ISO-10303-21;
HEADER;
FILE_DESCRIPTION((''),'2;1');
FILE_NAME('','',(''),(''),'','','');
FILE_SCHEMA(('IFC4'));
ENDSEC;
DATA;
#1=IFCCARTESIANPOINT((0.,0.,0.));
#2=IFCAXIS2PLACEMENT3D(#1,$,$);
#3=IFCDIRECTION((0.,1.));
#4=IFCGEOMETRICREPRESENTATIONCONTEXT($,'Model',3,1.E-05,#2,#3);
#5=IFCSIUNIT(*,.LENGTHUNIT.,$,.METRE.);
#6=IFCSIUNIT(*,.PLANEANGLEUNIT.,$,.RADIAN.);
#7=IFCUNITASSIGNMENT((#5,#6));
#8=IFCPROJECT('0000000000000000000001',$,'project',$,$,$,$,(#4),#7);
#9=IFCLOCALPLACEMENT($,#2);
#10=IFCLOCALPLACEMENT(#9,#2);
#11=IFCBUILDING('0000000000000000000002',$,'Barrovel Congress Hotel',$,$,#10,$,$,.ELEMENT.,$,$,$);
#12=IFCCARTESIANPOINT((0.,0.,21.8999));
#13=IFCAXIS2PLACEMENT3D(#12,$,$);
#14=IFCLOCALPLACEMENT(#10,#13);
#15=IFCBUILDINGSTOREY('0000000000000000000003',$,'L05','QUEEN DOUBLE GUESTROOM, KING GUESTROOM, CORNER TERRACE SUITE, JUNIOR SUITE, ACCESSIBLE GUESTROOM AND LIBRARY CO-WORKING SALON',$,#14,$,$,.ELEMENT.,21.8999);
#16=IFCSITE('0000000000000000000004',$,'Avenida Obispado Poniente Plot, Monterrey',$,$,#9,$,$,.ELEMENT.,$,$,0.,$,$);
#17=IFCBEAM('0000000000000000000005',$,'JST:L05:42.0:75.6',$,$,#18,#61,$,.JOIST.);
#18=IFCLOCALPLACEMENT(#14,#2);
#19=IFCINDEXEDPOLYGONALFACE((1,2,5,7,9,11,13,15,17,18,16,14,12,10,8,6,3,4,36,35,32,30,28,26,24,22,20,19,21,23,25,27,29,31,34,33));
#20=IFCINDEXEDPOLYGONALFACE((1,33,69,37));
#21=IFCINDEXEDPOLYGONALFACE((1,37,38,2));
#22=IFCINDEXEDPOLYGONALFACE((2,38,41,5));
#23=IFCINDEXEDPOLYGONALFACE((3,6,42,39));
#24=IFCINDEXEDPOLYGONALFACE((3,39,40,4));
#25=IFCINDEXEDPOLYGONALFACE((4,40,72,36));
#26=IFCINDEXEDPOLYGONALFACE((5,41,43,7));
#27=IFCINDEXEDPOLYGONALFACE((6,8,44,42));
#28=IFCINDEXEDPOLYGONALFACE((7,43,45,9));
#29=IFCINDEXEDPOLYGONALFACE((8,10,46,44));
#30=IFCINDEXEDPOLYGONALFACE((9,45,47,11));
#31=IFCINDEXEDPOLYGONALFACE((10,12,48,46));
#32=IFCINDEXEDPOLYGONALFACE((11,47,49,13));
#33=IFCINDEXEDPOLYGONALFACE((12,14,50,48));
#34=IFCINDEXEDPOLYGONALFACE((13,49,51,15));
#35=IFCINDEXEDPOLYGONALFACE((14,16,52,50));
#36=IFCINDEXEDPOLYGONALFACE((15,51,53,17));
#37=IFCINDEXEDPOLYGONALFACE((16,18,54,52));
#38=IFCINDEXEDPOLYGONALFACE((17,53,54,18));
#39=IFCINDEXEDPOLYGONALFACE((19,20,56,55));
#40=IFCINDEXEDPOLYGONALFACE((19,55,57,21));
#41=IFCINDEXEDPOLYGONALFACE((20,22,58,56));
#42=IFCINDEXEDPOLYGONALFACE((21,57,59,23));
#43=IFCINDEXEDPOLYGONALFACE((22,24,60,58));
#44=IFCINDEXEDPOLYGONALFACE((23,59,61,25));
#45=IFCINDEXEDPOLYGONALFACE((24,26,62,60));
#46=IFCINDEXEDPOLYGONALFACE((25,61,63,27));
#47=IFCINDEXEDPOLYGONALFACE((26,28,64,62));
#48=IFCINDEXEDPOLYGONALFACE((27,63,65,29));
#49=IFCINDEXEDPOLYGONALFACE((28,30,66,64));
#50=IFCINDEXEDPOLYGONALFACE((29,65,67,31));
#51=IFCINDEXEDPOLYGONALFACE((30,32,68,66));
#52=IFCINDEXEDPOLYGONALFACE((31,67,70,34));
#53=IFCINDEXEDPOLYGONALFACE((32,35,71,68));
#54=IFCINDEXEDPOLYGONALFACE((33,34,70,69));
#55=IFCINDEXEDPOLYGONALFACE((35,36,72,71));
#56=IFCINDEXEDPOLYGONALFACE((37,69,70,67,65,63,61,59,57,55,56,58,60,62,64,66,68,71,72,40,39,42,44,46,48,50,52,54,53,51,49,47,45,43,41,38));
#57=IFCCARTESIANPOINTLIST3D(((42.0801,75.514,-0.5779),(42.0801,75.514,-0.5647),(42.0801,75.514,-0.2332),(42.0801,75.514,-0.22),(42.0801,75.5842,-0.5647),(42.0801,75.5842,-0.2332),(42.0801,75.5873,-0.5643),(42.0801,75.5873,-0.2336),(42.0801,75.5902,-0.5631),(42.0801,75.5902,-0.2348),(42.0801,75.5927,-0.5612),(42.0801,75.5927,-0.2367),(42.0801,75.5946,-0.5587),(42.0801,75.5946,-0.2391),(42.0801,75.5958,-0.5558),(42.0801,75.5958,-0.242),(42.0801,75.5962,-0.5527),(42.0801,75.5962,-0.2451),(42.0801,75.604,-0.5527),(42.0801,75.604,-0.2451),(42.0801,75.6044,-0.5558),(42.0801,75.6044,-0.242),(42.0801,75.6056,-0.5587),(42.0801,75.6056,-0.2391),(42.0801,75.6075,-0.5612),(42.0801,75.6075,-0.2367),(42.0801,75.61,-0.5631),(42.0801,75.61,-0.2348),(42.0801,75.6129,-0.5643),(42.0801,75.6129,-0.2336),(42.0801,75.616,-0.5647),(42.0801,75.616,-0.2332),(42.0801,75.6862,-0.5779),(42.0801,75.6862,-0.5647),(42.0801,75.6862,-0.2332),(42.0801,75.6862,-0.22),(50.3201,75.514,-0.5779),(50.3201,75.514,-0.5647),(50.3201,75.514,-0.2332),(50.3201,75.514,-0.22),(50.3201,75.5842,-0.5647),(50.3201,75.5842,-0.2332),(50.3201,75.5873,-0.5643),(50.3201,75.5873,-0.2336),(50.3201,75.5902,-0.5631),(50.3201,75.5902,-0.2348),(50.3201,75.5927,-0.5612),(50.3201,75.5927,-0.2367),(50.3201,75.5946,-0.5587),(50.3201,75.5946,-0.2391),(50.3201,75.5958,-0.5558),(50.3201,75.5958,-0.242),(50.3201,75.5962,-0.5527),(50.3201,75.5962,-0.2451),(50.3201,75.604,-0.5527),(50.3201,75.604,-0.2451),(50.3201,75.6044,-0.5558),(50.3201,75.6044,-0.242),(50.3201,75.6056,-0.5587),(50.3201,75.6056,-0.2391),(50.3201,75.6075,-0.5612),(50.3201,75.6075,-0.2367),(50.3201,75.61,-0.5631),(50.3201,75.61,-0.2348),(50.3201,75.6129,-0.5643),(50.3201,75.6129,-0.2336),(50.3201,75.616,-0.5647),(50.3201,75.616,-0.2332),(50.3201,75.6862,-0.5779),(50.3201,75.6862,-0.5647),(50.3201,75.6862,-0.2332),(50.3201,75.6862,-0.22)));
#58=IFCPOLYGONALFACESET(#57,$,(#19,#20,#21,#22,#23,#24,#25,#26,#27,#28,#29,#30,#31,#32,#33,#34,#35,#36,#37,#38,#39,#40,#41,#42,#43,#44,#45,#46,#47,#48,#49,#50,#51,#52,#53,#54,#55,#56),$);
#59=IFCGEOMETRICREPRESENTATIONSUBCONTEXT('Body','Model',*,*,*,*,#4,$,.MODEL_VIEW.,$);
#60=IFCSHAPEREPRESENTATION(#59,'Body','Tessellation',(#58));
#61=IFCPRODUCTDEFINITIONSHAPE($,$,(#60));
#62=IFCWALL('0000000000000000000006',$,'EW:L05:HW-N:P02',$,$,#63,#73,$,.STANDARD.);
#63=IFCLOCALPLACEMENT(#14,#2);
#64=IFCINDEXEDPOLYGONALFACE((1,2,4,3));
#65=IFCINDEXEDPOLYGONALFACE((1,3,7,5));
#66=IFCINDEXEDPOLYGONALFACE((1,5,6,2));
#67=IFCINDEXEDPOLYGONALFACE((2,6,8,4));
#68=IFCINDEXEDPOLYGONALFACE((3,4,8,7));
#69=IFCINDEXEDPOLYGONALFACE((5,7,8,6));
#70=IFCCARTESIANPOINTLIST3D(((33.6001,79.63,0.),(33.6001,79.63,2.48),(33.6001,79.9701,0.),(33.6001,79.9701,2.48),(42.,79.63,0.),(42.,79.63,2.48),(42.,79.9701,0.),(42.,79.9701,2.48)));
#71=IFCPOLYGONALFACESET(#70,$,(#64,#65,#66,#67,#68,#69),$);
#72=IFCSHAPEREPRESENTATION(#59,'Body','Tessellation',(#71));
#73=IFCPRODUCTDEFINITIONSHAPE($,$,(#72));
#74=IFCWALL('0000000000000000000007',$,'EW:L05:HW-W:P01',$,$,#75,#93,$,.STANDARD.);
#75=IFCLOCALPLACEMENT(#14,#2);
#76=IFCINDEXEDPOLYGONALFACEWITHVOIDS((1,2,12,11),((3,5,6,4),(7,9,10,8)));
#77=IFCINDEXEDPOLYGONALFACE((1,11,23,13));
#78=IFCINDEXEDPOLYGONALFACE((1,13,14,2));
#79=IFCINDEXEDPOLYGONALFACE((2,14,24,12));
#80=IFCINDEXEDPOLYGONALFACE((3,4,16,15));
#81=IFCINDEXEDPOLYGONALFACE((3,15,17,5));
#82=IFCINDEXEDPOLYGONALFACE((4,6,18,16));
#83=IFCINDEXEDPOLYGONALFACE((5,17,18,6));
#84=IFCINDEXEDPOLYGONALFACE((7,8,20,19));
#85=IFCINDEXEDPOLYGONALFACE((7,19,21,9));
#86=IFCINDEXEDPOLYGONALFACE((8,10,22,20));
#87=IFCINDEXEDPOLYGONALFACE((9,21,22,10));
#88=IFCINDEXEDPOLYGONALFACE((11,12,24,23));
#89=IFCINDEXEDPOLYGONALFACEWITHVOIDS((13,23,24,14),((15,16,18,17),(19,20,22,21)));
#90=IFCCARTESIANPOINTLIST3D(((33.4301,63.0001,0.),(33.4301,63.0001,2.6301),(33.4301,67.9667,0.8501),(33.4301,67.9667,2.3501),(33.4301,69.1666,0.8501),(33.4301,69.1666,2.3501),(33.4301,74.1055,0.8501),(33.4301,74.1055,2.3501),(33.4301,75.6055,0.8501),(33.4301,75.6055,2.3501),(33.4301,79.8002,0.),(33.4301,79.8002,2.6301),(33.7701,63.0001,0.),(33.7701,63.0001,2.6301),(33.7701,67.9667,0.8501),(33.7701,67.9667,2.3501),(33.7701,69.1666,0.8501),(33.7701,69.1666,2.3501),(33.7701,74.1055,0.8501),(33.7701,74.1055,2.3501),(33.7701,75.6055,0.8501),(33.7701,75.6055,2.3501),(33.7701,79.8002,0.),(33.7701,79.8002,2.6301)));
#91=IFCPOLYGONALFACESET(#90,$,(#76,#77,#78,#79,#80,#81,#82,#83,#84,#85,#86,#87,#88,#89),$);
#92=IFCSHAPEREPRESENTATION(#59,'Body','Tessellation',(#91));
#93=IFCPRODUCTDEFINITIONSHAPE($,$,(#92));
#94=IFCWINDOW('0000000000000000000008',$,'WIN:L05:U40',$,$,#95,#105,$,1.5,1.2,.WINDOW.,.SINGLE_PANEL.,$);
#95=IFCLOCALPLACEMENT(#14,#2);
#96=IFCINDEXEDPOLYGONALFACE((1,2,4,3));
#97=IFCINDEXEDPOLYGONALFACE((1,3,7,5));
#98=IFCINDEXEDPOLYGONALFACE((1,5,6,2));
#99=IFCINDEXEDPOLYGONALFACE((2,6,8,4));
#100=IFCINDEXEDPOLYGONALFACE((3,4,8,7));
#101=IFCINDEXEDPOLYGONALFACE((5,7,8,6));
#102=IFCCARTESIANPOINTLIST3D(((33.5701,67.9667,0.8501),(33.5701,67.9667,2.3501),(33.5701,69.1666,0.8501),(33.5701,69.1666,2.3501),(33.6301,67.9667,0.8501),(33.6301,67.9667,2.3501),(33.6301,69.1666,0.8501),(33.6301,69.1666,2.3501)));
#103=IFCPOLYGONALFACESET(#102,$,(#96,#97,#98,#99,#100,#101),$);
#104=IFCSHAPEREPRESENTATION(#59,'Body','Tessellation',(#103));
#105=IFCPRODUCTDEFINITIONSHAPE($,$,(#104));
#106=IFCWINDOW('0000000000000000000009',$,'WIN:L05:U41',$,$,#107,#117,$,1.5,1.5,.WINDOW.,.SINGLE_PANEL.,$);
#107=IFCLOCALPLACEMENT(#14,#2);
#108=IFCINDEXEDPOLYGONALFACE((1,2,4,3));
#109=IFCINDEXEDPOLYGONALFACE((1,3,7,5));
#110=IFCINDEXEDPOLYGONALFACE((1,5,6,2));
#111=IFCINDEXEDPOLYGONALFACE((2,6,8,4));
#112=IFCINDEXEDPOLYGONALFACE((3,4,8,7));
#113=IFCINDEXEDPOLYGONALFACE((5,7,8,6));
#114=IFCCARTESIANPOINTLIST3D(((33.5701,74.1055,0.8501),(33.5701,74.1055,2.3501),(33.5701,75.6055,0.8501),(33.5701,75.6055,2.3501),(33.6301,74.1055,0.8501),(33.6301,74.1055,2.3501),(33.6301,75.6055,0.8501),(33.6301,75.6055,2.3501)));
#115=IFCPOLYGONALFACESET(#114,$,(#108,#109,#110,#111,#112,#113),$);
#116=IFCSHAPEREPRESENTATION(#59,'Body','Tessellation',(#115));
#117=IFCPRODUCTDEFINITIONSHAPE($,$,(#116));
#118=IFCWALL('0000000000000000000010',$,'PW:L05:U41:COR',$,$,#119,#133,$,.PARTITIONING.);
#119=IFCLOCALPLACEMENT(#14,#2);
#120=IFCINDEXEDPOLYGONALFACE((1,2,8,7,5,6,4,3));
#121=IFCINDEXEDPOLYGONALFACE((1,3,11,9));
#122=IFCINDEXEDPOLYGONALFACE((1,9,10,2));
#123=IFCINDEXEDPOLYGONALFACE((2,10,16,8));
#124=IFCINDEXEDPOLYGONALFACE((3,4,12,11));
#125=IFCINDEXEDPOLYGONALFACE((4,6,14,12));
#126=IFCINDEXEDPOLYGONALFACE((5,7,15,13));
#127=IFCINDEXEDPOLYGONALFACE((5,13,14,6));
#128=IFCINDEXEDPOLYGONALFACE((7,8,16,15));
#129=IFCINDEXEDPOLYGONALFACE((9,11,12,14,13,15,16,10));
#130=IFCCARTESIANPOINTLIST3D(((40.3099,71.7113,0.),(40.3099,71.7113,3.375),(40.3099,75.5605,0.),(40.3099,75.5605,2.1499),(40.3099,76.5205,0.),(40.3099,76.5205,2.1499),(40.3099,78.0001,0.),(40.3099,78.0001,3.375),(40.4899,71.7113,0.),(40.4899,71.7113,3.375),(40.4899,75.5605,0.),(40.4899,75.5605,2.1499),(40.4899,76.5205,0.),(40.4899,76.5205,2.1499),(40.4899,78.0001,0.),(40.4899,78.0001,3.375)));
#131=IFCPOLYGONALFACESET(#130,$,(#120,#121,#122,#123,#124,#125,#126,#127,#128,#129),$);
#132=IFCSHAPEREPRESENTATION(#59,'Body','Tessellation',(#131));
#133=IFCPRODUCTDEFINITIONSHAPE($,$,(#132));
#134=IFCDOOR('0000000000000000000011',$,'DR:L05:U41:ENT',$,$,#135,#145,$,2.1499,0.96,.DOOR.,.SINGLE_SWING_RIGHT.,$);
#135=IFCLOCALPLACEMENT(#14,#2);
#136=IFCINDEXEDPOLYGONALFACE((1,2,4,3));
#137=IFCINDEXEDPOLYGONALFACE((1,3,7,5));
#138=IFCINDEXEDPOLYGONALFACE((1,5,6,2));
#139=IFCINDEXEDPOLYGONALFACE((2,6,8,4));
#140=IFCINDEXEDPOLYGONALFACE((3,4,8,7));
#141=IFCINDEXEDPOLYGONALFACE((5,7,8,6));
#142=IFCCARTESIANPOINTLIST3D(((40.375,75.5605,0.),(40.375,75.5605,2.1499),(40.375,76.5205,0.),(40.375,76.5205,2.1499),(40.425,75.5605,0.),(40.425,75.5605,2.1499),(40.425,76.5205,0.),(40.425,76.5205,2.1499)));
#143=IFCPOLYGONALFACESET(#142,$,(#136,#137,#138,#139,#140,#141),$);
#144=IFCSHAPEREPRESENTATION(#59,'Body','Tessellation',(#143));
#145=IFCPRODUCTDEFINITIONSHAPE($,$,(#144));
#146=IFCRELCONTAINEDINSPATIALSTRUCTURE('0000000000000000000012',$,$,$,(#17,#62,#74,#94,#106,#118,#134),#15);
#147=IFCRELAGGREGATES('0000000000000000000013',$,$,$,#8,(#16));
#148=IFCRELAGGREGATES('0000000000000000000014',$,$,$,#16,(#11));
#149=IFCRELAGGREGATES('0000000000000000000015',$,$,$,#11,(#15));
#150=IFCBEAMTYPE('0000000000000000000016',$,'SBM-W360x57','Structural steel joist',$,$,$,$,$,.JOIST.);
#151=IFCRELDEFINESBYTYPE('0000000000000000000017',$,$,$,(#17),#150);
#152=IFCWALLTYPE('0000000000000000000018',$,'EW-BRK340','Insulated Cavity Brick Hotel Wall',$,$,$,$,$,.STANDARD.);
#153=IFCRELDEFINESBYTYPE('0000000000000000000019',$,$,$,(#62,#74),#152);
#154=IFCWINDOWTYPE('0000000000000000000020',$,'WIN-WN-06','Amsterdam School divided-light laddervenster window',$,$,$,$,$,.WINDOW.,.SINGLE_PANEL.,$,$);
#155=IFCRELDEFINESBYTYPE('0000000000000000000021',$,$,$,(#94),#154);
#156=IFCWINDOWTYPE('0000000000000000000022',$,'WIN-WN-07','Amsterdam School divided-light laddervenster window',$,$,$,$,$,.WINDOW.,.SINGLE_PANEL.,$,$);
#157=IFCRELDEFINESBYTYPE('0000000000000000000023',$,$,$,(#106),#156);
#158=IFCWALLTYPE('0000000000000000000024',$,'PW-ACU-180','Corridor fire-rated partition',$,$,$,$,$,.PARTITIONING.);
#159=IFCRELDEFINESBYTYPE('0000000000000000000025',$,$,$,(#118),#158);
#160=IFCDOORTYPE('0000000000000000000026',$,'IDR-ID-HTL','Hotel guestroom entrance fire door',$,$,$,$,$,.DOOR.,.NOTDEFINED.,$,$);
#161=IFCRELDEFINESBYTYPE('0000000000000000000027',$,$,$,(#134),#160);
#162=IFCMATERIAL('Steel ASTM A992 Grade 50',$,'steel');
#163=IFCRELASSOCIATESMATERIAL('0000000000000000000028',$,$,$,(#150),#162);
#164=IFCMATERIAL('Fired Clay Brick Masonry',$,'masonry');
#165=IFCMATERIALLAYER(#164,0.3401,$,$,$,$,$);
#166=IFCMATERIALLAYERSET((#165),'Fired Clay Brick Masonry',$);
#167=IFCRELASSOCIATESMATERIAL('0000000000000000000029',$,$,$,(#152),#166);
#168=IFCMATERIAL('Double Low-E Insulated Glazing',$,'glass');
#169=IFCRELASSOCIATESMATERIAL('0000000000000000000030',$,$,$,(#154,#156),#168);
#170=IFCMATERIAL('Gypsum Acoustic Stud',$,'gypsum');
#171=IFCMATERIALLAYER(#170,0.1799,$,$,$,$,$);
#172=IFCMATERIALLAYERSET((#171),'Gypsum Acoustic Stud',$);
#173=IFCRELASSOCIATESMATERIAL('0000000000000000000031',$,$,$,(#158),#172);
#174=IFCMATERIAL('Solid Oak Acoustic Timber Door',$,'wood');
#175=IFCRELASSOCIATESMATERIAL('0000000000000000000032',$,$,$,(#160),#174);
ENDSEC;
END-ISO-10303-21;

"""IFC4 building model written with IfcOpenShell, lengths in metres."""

from ifc_helpers import new_model, si_unit, direction, frame, frame_2d, origin, origin_2d, place, context, subcontext, project, spatial, rectangle, i_section, extrude, material, layer, layer_set, material_profile, profile_set, type_object, element, fill, save


model = new_model("IFC4")

# Units and contexts
model_context = context("Model", 3, precision=1e-05, world=origin(), true_north=direction((0.0, 1.0)))
body_context = subcontext(model_context, "Body", "Model", "MODEL_VIEW")
ifc_project = project(units=[si_unit("LENGTHUNIT", "METRE"), si_unit("PLANEANGLEUNIT", "RADIAN")], contexts=[model_context])

# Site, building, storey
site_placement = place(None, origin())
site = spatial("IfcSite", under=ifc_project, at=site_placement, Name="Avenida Obispado Poniente Plot, Monterrey", CompositionType="ELEMENT", RefElevation=0.0)
building_placement = place(site_placement, origin())
building = spatial("IfcBuilding", under=site, at=building_placement, Name="Barrovel Congress Hotel", CompositionType="ELEMENT")
storey_placement = place(building_placement, frame((0.0, 0.0, 21.8999)))
storey = spatial("IfcBuildingStorey", under=building, at=storey_placement, Name="L05", Description="QUEEN DOUBLE GUESTROOM, KING GUESTROOM, CORNER TERRACE SUITE, JUNIOR SUITE, ACCESSIBLE GUESTROOM AND LIBRARY CO-WORKING SALON", CompositionType="ELEMENT", Elevation=21.8999)

# Beam
ifc_material_1 = material(Name="Steel ASTM A992 Grade 50", Category="steel")
ifc_material_profile_1 = material_profile(ifc_material_1, i_section(OverallWidth=0.1721, OverallDepth=0.3579, WebThickness=0.0078, FlangeThickness=0.0132, FilletRadius=0.012, at=origin_2d()), Name="W360x57")
ifc_profile_set_1 = profile_set([ifc_material_profile_1], Name="Steel ASTM A992 Grade 50")
beam_type_1 = type_object("IfcBeamType", Name="SBM-W360x57", Description="Structural steel joist", PredefinedType="JOIST", material=ifc_profile_set_1)
beam_1_placement = place(storey_placement, frame((42.0801, 75.6001, -0.3989), z_axis=(1.0, 0.0, 0.0), x_axis=(0.0, 1.0, 0.0)))
element("IfcBeam", 1, at=beam_1_placement, inside=storey, type_object=beam_type_1, Name="JST:L05:42.0:75.6", PredefinedType="JOIST", context=body_context, shape_type="SweptSolid", body=[
    extrude(i_section(OverallWidth=0.1721, OverallDepth=0.3579, WebThickness=0.0078, FlangeThickness=0.0132, FilletRadius=0.012, at=origin_2d()), origin(), (0.0, 0.0, 1.0), 8.24),
])

# Wall
ifc_material_2 = material(Name="Fired Clay Brick Masonry", Category="masonry")
ifc_layer_1 = layer(ifc_material_2, 0.3401)
ifc_layer_set_1 = layer_set([ifc_layer_1], Name="Fired Clay Brick Masonry")
wall_type_1 = type_object("IfcWallType", Name="EW-BRK340", Description="Insulated Cavity Brick Hotel Wall", PredefinedType="STANDARD", material=ifc_layer_set_1)
wall_1_placement = place(storey_placement, frame((42.0, 79.8, 0.0), z_axis=(0.0, 0.0, 1.0), x_axis=(-1.0, 0.0, 0.0)))
element("IfcWall", 2, at=wall_1_placement, inside=storey, type_object=wall_type_1, Name="EW:L05:HW-N:P02", PredefinedType="STANDARD", context=body_context, shape_type="SweptSolid", body=[
    extrude(rectangle(XDim=8.3999, YDim=0.3401, at=frame_2d((4.2, 0.0))), origin(), (0.0, 0.0, 1.0), 2.48),
])

# Wall, openings, windows
wall_2_placement = place(storey_placement, frame((33.6001, 79.8, 0.0), z_axis=(0.0, 0.0, 1.0), x_axis=(0.0, -1.0, 0.0)))
wall_2 = element("IfcWall", 3, at=wall_2_placement, inside=storey, type_object=wall_type_1, Name="EW:L05:HW-W:P01", PredefinedType="STANDARD", context=body_context, shape_type="SweptSolid", body=[
    extrude(rectangle(XDim=16.8, YDim=0.3401, at=frame_2d((8.3999, 0.0))), origin(), (0.0, 0.0, 1.0), 2.6301),
])
opening_1_placement = place(wall_2_placement, frame((10.6333, 0.0, 0.8501)))
opening_1 = element("IfcOpeningElement", 4, at=opening_1_placement, cuts=wall_2, PredefinedType="OPENING", context=body_context, shape_type="SweptSolid", body=[
    extrude(rectangle(XDim=1.2, YDim=1.5, at=frame_2d((0.6001, 0.75))), frame((0.0, 0.1802, 0.0), z_axis=(0.0, -1.0, 0.0), x_axis=(1.0, 0.0, 0.0)), (0.0, 0.0, 1.0), 0.3601),
])
opening_2_placement = place(wall_2_placement, frame((4.1946, 0.0, 0.8501)))
opening_2 = element("IfcOpeningElement", 5, at=opening_2_placement, cuts=wall_2, PredefinedType="OPENING", context=body_context, shape_type="SweptSolid", body=[
    extrude(rectangle(XDim=1.5, YDim=1.5, at=frame_2d((0.75, 0.75))), frame((0.0, 0.1802, 0.0), z_axis=(0.0, -1.0, 0.0), x_axis=(1.0, 0.0, 0.0)), (0.0, 0.0, 1.0), 0.3601),
])
ifc_material_3 = material(Name="Double Low-E Insulated Glazing", Category="glass")
window_type_1 = type_object("IfcWindowType", Name="WIN-WN-06", Description="Amsterdam School divided-light laddervenster window", PartitioningType="SINGLE_PANEL", PredefinedType="WINDOW", material=ifc_material_3)
window_1_placement = place(opening_1_placement, origin())
window_1 = element("IfcWindow", 6, at=window_1_placement, inside=storey, type_object=window_type_1, Name="WIN:L05:U40", OverallHeight=1.5, OverallWidth=1.2, PartitioningType="SINGLE_PANEL", PredefinedType="WINDOW", context=body_context, shape_type="SweptSolid", body=[
    extrude(rectangle(XDim=1.2, YDim=1.5, at=frame_2d((0.6001, 0.75))), frame((0.0, 0.03, 0.0), z_axis=(0.0, -1.0, 0.0), x_axis=(1.0, 0.0, 0.0)), (0.0, 0.0, 1.0), 0.0601),
])
fill(opening_1, window_1)
window_type_2 = type_object("IfcWindowType", Name="WIN-WN-07", Description="Amsterdam School divided-light laddervenster window", PartitioningType="SINGLE_PANEL", PredefinedType="WINDOW", material=ifc_material_3)
window_2_placement = place(opening_2_placement, origin())
window_2 = element("IfcWindow", 7, at=window_2_placement, inside=storey, type_object=window_type_2, Name="WIN:L05:U41", OverallHeight=1.5, OverallWidth=1.5, PartitioningType="SINGLE_PANEL", PredefinedType="WINDOW", context=body_context, shape_type="SweptSolid", body=[
    extrude(rectangle(XDim=1.5, YDim=1.5, at=frame_2d((0.75, 0.75))), frame((0.0, 0.03, 0.0), z_axis=(0.0, -1.0, 0.0), x_axis=(1.0, 0.0, 0.0)), (0.0, 0.0, 1.0), 0.0601),
])
fill(opening_2, window_2)

# Wall, opening, door
ifc_material_4 = material(Name="Gypsum Acoustic Stud", Category="gypsum")
ifc_layer_2 = layer(ifc_material_4, 0.1799)
ifc_layer_set_2 = layer_set([ifc_layer_2], Name="Gypsum Acoustic Stud")
wall_type_2 = type_object("IfcWallType", Name="PW-ACU-180", Description="Corridor fire-rated partition", PredefinedType="PARTITIONING", material=ifc_layer_set_2)
wall_3_placement = place(storey_placement, frame((40.3999, 71.7112, 0.0), z_axis=(0.0, 0.0, 1.0), x_axis=(0.0, 1.0, 0.0)))
wall_3 = element("IfcWall", 8, at=wall_3_placement, inside=storey, type_object=wall_type_2, Name="PW:L05:U41:COR", PredefinedType="PARTITIONING", context=body_context, shape_type="SweptSolid", body=[
    extrude(rectangle(XDim=6.2888, YDim=0.1799, at=frame_2d((3.1445, 0.0))), origin(), (0.0, 0.0, 1.0), 3.375),
])
opening_3_placement = place(wall_3_placement, frame((3.8494, 0.0, 0.0)))
opening_3 = element("IfcOpeningElement", 9, at=opening_3_placement, cuts=wall_3, PredefinedType="OPENING", context=body_context, shape_type="SweptSolid", body=[
    extrude(rectangle(XDim=0.96, YDim=2.1499, at=frame_2d((0.48, 1.075))), frame((0.0, 0.1001, 0.0), z_axis=(0.0, -1.0, 0.0), x_axis=(1.0, 0.0, 0.0)), (0.0, 0.0, 1.0), 0.2),
])
ifc_material_5 = material(Name="Solid Oak Acoustic Timber Door", Category="wood")
door_type_1 = type_object("IfcDoorType", Name="IDR-ID-HTL", Description="Hotel guestroom entrance fire door", OperationType="NOTDEFINED", PredefinedType="DOOR", material=ifc_material_5)
door_1_placement = place(opening_3_placement, origin())
door_1 = element("IfcDoor", 10, at=door_1_placement, inside=storey, type_object=door_type_1, Name="DR:L05:U41:ENT", OperationType="SINGLE_SWING_RIGHT", OverallHeight=2.1499, OverallWidth=0.96, PredefinedType="DOOR", context=body_context, shape_type="SweptSolid", body=[
    extrude(rectangle(XDim=0.96, YDim=2.1499, at=frame_2d((0.48, 1.075))), frame((0.0, 0.0249, 0.0), z_axis=(0.0, -1.0, 0.0), x_axis=(1.0, 0.0, 0.0)), (0.0, 0.0, 1.0), 0.05),
])
fill(opening_3, door_1)

save(model, "model.ifc")
